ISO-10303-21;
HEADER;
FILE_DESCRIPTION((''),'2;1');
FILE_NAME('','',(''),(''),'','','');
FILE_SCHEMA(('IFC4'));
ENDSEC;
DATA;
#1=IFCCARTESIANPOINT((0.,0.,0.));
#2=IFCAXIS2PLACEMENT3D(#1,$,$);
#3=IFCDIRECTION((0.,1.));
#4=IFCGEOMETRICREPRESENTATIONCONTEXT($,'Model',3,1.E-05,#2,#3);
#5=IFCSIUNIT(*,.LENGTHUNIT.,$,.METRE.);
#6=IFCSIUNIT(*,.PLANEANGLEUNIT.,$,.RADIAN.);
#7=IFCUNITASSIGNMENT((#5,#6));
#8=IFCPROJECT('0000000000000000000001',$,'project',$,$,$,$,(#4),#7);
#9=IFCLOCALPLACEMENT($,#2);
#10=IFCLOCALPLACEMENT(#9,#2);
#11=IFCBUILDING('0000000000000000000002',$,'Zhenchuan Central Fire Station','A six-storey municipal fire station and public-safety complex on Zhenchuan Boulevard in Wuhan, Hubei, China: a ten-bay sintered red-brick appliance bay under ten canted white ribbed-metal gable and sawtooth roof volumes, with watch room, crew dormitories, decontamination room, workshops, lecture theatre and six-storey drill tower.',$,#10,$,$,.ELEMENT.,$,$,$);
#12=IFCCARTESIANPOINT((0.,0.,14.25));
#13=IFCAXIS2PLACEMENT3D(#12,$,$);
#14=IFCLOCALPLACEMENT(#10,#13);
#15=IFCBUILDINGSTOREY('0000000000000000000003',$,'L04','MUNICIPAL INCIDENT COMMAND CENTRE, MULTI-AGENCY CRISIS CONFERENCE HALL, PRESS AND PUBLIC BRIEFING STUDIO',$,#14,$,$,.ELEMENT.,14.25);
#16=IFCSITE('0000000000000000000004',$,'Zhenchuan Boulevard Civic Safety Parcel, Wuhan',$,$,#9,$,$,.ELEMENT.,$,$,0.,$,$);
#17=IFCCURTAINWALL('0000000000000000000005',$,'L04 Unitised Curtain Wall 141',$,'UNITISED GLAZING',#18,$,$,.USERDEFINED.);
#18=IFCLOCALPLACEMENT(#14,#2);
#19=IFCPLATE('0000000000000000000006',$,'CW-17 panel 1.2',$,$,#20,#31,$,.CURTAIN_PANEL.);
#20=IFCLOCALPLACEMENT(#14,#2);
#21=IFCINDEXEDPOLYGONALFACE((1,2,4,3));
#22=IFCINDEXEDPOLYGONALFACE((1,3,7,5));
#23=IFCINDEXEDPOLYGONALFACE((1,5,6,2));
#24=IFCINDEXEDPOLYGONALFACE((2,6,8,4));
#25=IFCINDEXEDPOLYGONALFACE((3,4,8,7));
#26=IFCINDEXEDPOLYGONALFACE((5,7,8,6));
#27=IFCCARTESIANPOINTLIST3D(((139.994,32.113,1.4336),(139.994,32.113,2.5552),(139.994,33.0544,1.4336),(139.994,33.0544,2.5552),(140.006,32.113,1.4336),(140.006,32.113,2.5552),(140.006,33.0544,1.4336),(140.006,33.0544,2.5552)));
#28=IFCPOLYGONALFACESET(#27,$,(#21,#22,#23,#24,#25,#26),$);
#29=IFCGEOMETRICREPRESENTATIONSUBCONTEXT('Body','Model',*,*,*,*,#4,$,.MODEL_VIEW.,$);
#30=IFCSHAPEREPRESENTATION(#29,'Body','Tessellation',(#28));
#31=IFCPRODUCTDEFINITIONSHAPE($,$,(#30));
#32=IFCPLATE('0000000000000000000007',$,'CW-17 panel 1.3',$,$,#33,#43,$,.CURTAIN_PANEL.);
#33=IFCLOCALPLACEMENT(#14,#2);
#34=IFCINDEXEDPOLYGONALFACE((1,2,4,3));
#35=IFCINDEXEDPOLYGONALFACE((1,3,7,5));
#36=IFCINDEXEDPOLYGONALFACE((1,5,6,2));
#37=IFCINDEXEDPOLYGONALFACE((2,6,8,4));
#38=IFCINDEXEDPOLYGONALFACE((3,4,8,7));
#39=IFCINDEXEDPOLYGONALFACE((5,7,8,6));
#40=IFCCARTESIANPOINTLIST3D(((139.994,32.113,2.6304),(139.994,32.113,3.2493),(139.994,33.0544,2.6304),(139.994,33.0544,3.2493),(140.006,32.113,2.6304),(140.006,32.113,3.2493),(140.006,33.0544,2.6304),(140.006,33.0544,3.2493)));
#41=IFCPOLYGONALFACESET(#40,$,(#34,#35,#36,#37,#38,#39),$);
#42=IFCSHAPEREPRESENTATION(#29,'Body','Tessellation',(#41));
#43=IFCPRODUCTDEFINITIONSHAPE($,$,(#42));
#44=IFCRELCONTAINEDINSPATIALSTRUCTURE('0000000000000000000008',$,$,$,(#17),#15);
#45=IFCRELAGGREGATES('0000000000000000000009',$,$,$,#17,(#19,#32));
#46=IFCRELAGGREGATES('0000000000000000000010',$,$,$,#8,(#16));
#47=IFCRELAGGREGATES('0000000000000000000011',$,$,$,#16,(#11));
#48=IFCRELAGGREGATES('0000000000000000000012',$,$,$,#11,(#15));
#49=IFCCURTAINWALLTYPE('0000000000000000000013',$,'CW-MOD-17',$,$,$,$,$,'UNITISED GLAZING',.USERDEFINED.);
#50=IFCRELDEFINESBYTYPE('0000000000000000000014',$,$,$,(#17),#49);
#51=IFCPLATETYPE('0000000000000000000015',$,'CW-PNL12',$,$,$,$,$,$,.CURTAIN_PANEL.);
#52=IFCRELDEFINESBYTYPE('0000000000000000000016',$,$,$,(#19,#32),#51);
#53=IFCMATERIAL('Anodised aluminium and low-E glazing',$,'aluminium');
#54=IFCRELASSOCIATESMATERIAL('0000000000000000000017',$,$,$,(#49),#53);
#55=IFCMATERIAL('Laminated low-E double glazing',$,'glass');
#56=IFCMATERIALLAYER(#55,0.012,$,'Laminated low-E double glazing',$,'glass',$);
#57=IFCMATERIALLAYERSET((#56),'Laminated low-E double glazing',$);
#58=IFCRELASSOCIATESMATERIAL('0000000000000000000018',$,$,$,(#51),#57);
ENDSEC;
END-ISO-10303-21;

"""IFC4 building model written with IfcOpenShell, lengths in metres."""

from ifc_helpers import new_model, si_unit, direction, frame, origin, origin_2d, place, context, subcontext, project, spatial, rectangle, extrude, material, layer, layer_set, type_object, element, aggregate, save


model = new_model("IFC4")

# Units and contexts
model_context = context("Model", 3, precision=1e-05, world=origin(), true_north=direction((0.0, 1.0)))
body_context = subcontext(model_context, "Body", "Model", "MODEL_VIEW")
ifc_project = project(units=[si_unit("LENGTHUNIT", "METRE"), si_unit("PLANEANGLEUNIT", "RADIAN")], contexts=[model_context])

# Site, building, storey
site_placement = place(None, origin())
site = spatial("IfcSite", under=ifc_project, at=site_placement, Name="Zhenchuan Boulevard Civic Safety Parcel, Wuhan", CompositionType="ELEMENT", RefElevation=0.0)
building_placement = place(site_placement, origin())
building = spatial("IfcBuilding", under=site, at=building_placement, Name="Zhenchuan Central Fire Station", Description="A six-storey municipal fire station and public-safety complex on Zhenchuan Boulevard in Wuhan, Hubei, China: a ten-bay sintered red-brick appliance bay under ten canted white ribbed-metal gable and sawtooth roof volumes, with watch room, crew dormitories, decontamination room, workshops, lecture theatre and six-storey drill tower.", CompositionType="ELEMENT")
storey_placement = place(building_placement, frame((0.0, 0.0, 14.25)))
storey = spatial("IfcBuildingStorey", under=building, at=storey_placement, Name="L04", Description="MUNICIPAL INCIDENT COMMAND CENTRE, MULTI-AGENCY CRISIS CONFERENCE HALL, PRESS AND PUBLIC BRIEFING STUDIO", CompositionType="ELEMENT", Elevation=14.25)

# Curtain wall
ifc_material_1 = material(Name="Anodised aluminium and low-E glazing", Category="aluminium")
curtain_wall_type_1 = type_object("IfcCurtainWallType", Name="CW-MOD-17", ElementType="UNITISED GLAZING", PredefinedType="USERDEFINED", material=ifc_material_1)
curtain_wall_1_placement = place(storey_placement, origin())
curtain_wall_1 = element("IfcCurtainWall", 1, at=curtain_wall_1_placement, inside=storey, type_object=curtain_wall_type_1, Name="L04 Unitised Curtain Wall 141", ObjectType="UNITISED GLAZING", PredefinedType="USERDEFINED")

# Plates
ifc_material_2 = material(Name="Laminated low-E double glazing", Category="glass")
ifc_layer = layer(ifc_material_2, 0.012, Name="Laminated low-E double glazing", Category="glass")
ifc_layer_set = layer_set([ifc_layer], Name="Laminated low-E double glazing")
plate_type = type_object("IfcPlateType", Name="CW-PNL12", PredefinedType="CURTAIN_PANEL", material=ifc_layer_set)
plate_1_placement = place(storey_placement, frame((140.0, 32.5837, 1.4336), z_axis=(0.0, 0.0, 1.0), x_axis=(0.0, 1.0, 0.0)))
plate_1 = element("IfcPlate", 2, at=plate_1_placement, type_object=plate_type, Name="CW-17 panel 1.2", PredefinedType="CURTAIN_PANEL", context=body_context, shape_type="SweptSolid", body=[
    extrude(rectangle(XDim=0.9414, YDim=0.012, at=origin_2d()), origin(), (0.0, 0.0, 1.0), 1.1216),
])
plate_2_placement = place(storey_placement, frame((140.0, 32.5837, 2.6304), z_axis=(0.0, 0.0, 1.0), x_axis=(0.0, 1.0, 0.0)))
plate_2 = element("IfcPlate", 3, at=plate_2_placement, type_object=plate_type, Name="CW-17 panel 1.3", PredefinedType="CURTAIN_PANEL", context=body_context, shape_type="SweptSolid", body=[
    extrude(rectangle(XDim=0.9414, YDim=0.012, at=origin_2d()), origin(), (0.0, 0.0, 1.0), 0.6189),
])
aggregate(curtain_wall_1, [plate_1, plate_2])

save(model, "model.ifc")
